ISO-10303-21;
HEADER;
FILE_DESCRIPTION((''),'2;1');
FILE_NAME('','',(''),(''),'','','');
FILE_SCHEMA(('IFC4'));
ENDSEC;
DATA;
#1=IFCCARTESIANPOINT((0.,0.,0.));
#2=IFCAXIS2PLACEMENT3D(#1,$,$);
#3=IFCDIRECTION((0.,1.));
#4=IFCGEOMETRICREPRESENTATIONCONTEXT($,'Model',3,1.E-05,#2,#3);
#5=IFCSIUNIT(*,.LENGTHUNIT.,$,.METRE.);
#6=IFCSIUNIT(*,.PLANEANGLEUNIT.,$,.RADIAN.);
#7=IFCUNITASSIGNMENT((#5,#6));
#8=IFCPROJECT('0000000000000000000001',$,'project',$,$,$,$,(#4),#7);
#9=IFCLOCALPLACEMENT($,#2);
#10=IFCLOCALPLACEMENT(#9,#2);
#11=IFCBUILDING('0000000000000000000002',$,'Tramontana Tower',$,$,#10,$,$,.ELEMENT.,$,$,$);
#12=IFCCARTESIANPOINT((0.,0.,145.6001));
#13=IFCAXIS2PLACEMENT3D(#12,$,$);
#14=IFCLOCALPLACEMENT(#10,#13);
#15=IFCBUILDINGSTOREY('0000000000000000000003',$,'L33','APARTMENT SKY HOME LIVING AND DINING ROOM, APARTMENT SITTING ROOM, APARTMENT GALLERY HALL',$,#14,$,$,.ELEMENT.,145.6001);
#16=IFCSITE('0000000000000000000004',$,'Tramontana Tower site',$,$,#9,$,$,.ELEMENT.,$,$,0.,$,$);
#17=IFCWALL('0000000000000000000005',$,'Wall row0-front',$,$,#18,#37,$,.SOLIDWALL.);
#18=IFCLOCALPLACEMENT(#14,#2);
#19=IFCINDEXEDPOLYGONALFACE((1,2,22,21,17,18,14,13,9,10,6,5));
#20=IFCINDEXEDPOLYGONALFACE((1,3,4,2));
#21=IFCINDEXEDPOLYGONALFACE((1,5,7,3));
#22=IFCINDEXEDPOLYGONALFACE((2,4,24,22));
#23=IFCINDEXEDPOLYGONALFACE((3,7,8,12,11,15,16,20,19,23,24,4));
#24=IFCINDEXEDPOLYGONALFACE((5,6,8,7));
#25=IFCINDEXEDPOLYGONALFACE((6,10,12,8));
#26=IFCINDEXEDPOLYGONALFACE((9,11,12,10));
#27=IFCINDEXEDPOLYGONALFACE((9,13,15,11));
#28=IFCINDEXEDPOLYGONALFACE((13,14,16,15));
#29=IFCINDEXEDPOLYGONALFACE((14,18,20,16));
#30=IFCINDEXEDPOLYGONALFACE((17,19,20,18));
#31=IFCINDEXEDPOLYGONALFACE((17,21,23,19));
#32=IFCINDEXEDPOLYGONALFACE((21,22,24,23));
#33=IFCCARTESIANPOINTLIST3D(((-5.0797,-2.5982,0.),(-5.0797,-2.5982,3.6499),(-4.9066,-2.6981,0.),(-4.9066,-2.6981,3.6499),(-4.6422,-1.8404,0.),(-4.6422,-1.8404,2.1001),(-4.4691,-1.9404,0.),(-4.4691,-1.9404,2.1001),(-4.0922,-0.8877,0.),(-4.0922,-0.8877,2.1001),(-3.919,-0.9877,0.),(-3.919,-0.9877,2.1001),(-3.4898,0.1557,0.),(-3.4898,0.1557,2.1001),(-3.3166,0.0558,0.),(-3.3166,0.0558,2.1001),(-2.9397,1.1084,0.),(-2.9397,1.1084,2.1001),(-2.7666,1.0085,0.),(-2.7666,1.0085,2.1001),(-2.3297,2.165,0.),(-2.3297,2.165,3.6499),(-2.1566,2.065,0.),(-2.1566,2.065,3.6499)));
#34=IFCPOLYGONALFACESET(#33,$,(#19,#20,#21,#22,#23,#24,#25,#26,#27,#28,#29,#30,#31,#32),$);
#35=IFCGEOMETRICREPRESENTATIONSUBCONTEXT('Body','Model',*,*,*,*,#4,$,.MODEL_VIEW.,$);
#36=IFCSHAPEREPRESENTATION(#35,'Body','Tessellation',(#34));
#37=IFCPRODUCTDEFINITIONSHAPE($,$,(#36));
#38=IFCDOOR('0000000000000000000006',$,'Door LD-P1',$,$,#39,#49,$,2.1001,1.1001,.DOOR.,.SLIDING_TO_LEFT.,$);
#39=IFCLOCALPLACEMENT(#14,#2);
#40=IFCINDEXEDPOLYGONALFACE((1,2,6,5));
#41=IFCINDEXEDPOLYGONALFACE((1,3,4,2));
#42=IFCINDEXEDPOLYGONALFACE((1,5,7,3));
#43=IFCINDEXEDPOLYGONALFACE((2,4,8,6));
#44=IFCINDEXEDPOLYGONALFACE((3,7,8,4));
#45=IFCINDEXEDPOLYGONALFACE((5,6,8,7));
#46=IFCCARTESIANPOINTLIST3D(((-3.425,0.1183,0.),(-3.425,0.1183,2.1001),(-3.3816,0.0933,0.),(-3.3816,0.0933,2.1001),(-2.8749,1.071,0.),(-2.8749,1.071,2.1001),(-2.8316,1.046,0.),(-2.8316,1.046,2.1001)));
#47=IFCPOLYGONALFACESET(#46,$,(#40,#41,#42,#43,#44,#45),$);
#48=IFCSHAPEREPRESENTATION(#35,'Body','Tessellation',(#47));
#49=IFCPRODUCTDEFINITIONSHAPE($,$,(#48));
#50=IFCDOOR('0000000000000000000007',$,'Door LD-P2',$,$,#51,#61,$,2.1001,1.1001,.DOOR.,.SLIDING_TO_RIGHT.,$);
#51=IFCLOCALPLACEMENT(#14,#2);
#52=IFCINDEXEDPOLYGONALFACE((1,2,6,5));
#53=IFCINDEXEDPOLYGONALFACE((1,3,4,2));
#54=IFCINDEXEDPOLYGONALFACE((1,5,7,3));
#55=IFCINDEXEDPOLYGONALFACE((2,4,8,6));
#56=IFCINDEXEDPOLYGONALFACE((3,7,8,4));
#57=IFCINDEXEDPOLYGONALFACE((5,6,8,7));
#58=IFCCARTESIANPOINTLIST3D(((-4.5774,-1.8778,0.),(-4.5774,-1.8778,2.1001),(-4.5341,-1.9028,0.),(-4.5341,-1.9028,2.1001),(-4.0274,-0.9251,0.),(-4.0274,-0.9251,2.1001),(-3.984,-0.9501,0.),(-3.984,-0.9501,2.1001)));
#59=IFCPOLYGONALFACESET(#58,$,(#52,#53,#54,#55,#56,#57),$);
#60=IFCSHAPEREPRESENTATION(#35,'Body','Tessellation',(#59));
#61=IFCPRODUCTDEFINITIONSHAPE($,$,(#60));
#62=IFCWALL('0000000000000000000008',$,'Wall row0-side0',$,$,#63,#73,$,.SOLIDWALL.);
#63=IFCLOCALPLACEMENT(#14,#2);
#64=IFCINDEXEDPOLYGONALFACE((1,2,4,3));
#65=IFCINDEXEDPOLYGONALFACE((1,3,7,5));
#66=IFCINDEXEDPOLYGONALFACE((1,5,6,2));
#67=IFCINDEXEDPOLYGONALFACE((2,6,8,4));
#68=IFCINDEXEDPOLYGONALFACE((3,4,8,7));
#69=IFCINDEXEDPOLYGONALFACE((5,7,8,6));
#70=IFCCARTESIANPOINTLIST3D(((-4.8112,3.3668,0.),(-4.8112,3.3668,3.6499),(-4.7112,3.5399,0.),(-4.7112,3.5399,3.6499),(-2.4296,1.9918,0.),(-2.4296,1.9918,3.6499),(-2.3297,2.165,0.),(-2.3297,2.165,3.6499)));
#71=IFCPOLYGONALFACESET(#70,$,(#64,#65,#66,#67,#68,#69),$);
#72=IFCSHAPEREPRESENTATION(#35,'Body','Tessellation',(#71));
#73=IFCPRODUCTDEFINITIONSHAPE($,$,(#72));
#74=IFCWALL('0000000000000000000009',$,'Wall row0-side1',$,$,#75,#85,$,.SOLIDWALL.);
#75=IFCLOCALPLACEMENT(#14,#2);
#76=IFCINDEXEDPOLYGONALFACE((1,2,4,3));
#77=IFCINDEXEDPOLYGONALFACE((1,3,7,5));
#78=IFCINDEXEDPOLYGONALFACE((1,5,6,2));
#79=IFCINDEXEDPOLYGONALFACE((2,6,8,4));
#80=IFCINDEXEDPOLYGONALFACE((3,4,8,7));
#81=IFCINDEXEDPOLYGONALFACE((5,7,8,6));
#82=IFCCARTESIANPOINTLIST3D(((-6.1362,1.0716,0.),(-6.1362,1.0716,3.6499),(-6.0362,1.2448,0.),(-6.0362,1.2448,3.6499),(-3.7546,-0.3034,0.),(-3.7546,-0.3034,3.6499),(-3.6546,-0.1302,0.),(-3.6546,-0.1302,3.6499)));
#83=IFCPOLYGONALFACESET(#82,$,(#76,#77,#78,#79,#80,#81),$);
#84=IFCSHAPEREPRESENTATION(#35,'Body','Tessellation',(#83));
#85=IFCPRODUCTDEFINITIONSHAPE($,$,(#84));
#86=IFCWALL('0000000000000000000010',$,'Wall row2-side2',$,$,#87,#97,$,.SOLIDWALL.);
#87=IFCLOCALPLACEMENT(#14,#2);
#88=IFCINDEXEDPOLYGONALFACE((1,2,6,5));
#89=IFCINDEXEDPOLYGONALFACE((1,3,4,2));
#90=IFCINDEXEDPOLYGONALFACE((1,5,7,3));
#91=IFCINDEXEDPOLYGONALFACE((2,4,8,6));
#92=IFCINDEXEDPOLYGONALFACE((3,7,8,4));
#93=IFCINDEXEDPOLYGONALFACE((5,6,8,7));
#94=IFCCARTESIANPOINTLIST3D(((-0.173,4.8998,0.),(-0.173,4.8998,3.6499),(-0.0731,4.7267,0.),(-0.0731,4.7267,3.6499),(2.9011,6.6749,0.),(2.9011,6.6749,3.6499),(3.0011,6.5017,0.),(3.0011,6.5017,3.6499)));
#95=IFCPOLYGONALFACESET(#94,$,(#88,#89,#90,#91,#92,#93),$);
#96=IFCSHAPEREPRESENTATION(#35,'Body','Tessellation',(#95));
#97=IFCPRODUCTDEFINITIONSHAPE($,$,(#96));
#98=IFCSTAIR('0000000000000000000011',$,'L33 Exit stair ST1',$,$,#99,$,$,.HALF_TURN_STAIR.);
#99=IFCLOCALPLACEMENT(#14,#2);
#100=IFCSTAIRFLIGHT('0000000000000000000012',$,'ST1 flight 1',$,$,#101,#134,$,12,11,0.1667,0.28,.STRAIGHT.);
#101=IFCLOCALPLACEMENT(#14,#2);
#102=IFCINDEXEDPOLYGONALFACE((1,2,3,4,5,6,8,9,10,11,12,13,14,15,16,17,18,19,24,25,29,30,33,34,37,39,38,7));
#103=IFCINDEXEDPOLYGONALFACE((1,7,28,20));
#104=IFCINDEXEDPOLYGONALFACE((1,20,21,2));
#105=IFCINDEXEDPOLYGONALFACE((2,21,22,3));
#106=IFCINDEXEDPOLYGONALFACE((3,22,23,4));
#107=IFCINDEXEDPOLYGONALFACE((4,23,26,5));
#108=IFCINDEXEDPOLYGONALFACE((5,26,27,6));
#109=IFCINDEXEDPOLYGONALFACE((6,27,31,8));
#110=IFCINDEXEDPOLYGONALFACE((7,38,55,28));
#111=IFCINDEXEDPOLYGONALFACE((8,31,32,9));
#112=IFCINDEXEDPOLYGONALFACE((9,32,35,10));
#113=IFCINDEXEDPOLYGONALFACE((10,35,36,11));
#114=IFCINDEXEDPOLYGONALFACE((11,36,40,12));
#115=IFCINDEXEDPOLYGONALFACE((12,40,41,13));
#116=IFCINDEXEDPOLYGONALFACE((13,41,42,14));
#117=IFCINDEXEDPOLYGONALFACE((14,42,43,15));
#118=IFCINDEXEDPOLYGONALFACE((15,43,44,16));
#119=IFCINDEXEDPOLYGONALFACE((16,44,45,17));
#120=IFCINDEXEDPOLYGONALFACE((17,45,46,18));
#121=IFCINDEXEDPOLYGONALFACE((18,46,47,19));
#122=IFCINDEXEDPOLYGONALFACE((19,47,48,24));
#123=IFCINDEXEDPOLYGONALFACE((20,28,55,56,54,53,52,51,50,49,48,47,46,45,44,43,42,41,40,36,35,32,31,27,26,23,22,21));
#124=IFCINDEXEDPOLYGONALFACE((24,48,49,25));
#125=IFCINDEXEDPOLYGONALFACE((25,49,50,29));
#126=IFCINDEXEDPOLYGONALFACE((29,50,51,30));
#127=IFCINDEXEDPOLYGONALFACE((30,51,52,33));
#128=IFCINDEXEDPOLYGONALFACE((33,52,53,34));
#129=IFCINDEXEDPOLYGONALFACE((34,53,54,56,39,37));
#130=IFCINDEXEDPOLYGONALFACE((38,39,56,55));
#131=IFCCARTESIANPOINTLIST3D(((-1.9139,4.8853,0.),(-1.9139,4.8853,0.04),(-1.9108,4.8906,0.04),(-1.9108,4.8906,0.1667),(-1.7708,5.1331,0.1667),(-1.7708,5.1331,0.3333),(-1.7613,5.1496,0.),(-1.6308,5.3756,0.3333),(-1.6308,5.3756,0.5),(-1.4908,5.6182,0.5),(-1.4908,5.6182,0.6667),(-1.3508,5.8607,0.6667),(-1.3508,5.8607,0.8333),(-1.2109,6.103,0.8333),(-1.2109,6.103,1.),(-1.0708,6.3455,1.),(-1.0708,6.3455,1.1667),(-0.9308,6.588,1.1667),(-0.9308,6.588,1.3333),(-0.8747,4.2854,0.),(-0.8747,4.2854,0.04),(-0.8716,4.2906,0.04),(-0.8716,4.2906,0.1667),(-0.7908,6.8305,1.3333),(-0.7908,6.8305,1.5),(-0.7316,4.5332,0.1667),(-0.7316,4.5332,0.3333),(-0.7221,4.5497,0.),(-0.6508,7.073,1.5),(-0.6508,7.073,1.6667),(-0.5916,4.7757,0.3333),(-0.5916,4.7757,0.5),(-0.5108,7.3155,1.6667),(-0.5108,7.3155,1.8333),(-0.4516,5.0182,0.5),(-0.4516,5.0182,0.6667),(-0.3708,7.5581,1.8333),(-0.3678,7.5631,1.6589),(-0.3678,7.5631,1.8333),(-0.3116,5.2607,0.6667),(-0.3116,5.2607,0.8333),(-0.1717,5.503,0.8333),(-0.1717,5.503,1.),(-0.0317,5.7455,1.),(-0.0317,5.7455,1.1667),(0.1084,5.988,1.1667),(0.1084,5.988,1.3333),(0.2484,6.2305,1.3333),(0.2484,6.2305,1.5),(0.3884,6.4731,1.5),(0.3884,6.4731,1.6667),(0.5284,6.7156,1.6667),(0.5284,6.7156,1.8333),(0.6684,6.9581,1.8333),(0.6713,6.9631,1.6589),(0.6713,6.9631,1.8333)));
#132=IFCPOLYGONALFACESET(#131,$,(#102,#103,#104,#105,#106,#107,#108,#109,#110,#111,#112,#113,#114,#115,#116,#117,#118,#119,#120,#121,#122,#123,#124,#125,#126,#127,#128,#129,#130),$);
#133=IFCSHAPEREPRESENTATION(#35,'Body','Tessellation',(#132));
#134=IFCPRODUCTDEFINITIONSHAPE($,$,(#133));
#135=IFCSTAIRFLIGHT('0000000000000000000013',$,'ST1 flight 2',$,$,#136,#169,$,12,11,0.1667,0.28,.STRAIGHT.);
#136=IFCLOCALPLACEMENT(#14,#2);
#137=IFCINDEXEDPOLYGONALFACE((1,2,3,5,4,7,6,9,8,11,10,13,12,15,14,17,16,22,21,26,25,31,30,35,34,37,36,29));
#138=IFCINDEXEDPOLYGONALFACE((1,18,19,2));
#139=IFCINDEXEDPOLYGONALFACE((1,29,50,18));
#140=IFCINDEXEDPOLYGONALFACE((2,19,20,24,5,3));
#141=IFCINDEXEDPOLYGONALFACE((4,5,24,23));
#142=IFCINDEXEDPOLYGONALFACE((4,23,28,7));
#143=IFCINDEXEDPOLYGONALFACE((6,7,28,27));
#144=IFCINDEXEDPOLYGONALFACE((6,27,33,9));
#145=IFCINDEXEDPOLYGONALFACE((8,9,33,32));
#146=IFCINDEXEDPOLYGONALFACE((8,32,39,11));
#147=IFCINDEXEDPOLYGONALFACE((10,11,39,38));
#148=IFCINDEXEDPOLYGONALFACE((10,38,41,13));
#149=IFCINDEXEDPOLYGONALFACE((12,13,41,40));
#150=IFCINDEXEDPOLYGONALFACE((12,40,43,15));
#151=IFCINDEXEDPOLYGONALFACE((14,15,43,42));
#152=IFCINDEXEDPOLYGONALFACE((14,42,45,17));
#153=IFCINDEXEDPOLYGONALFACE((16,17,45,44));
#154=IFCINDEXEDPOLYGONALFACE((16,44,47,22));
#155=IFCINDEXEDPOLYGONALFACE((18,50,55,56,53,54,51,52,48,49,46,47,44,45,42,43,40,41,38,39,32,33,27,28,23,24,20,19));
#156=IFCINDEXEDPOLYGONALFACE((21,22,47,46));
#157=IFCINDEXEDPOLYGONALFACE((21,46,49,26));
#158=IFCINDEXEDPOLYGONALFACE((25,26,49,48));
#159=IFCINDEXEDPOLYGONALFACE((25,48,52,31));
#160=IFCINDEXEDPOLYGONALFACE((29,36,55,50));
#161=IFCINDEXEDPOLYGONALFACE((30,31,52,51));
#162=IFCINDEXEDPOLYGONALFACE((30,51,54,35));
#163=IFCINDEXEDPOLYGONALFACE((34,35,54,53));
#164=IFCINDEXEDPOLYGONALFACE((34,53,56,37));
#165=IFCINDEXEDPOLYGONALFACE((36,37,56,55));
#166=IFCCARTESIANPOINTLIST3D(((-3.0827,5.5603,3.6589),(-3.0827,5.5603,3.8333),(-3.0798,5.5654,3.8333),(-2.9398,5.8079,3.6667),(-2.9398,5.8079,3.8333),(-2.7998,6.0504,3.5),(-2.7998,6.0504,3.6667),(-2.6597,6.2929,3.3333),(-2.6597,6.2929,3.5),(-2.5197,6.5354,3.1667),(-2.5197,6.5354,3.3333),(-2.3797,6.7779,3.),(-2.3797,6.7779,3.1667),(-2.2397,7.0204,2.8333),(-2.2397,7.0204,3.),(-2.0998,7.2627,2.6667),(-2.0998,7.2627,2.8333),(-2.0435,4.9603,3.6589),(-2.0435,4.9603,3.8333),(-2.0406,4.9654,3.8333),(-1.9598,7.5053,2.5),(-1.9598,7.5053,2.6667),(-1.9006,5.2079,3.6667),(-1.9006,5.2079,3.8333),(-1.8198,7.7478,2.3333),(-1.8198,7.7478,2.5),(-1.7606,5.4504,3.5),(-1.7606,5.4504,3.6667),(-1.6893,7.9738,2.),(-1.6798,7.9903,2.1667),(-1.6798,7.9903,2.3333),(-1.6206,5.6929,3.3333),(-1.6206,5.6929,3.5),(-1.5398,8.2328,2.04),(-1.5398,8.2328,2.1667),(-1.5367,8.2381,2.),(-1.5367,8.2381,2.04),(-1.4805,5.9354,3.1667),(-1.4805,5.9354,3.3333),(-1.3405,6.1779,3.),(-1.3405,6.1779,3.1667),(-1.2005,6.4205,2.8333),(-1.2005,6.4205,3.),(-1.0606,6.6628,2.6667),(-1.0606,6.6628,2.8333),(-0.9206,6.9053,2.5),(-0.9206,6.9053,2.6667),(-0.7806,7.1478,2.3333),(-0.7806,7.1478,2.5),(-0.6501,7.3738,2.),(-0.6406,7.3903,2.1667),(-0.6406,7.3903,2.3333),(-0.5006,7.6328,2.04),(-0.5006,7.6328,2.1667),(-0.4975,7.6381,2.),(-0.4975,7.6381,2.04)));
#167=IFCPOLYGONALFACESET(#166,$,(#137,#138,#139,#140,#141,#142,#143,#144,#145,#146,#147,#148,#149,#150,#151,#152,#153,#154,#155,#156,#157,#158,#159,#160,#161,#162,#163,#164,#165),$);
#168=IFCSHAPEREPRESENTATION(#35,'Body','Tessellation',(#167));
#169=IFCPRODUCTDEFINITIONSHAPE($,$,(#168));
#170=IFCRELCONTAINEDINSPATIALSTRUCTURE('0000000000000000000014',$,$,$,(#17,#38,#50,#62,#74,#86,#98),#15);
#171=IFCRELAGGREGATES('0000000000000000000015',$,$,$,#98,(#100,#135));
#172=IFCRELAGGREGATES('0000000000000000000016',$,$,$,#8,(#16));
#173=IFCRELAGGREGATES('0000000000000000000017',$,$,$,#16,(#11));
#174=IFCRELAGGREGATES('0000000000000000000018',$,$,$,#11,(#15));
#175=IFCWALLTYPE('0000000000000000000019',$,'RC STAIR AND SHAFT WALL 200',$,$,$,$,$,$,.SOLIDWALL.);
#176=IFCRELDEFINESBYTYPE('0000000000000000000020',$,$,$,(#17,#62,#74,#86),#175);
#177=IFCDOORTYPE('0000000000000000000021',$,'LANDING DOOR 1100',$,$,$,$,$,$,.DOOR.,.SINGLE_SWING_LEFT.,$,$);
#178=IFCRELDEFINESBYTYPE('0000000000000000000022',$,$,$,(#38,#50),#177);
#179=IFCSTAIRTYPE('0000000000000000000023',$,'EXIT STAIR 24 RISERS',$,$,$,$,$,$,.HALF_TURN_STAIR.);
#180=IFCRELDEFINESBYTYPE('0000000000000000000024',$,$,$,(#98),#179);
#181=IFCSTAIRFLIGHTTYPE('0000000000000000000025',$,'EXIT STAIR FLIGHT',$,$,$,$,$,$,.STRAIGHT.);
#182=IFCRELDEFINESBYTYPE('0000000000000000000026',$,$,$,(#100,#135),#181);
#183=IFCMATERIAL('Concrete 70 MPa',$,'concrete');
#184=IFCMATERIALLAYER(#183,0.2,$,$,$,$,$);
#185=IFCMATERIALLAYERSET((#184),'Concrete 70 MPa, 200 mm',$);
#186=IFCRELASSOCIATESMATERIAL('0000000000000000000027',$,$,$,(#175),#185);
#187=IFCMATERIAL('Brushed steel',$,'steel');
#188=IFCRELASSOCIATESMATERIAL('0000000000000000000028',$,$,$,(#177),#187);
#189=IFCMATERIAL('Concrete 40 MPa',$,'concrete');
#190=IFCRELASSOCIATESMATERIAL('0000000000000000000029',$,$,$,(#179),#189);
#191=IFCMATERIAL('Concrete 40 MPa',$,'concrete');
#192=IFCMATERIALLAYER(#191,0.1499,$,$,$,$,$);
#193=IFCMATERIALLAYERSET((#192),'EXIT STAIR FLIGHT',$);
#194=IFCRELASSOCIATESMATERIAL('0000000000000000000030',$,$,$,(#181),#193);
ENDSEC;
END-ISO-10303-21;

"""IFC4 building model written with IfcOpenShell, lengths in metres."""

from ifc_helpers import new_model, si_unit, direction, frame, frame_2d, origin, place, context, subcontext, project, spatial, polyline, rectangle, outline, extrude, material, layer, layer_set, type_object, element, fill, aggregate, save


model = new_model("IFC4")

# Units and contexts
model_context = context("Model", 3, precision=1e-05, world=origin(), true_north=direction((0.0, 1.0)))
body_context = subcontext(model_context, "Body", "Model", "MODEL_VIEW")
ifc_project = project(units=[si_unit("LENGTHUNIT", "METRE"), si_unit("PLANEANGLEUNIT", "RADIAN")], contexts=[model_context])

# Site, building, storey
site_placement = place(None, origin())
site = spatial("IfcSite", under=ifc_project, at=site_placement, Name="Tramontana Tower site", CompositionType="ELEMENT", RefElevation=0.0)
building_placement = place(site_placement, origin())
building = spatial("IfcBuilding", under=site, at=building_placement, Name="Tramontana Tower", CompositionType="ELEMENT")
storey_placement = place(building_placement, frame((0.0, 0.0, 145.6001)))
storey = spatial("IfcBuildingStorey", under=building, at=storey_placement, Name="L33", Description="APARTMENT SKY HOME LIVING AND DINING ROOM, APARTMENT SITTING ROOM, APARTMENT GALLERY HALL", CompositionType="ELEMENT", Elevation=145.6001)

# Shared definitions
ifc_material_1 = material(Name="Concrete 70 MPa", Category="concrete")
ifc_layer_1 = layer(ifc_material_1, 0.2)
ifc_layer_set_1 = layer_set([ifc_layer_1], Name="Concrete 70 MPa, 200 mm")
wall_type_1 = type_object("IfcWallType", Name="RC STAIR AND SHAFT WALL 200", PredefinedType="SOLIDWALL", material=ifc_layer_set_1)

# Wall, openings, doors
wall_1_placement = place(storey_placement, frame((-2.2432, 2.115, 0.0), z_axis=(0.0, 0.0, 1.0), x_axis=(-0.499997, -0.866027, 0.0)))
wall_1 = element("IfcWall", 1, at=wall_1_placement, inside=storey, type_object=wall_type_1, Name="Wall row0-front", PredefinedType="SOLIDWALL", context=body_context, shape_type="SweptSolid", body=[
    extrude(rectangle(XDim=5.5, YDim=0.2, at=frame_2d((2.75, 0.0))), origin(), (0.0, 0.0, 1.0), 3.6499),
])
opening_1_placement = place(wall_1_placement, frame((1.22, 0.0, 0.0)))
opening_1 = element("IfcOpeningElement", 2, at=opening_1_placement, cuts=wall_1, PredefinedType="OPENING", context=body_context, shape_type="SweptSolid", body=[
    extrude(rectangle(XDim=1.1001, YDim=2.1001, at=frame_2d((0.55, 1.05))), frame((0.0, 0.1099, 0.0), z_axis=(0.0, -1.0, 0.0), x_axis=(1.0, 0.0, 0.0)), (0.0, 0.0, 1.0), 0.22),
])
opening_2_placement = place(wall_1_placement, frame((3.5249, 0.0, 0.0)))
opening_2 = element("IfcOpeningElement", 3, at=opening_2_placement, cuts=wall_1, PredefinedType="OPENING", context=body_context, shape_type="SweptSolid", body=[
    extrude(rectangle(XDim=1.1001, YDim=2.1001, at=frame_2d((0.55, 1.05))), frame((0.0, 0.1099, 0.0), z_axis=(0.0, -1.0, 0.0), x_axis=(1.0, 0.0, 0.0)), (0.0, 0.0, 1.0), 0.22),
])
ifc_material_2 = material(Name="Brushed steel", Category="steel")
door_type_1 = type_object("IfcDoorType", Name="LANDING DOOR 1100", OperationType="SINGLE_SWING_LEFT", PredefinedType="DOOR", material=ifc_material_2)
door_1_placement = place(opening_1_placement, origin())
door_1 = element("IfcDoor", 4, at=door_1_placement, inside=storey, type_object=door_type_1, Name="Door LD-P1", OperationType="SLIDING_TO_LEFT", OverallHeight=2.1001, OverallWidth=1.1001, PredefinedType="DOOR", context=body_context, shape_type="SweptSolid", body=[
    extrude(rectangle(XDim=1.1001, YDim=2.1001, at=frame_2d((0.55, 1.05))), frame((0.0, 0.0249, 0.0), z_axis=(0.0, -1.0, 0.0), x_axis=(1.0, 0.0, 0.0)), (0.0, 0.0, 1.0), 0.05),
])
fill(opening_1, door_1)
door_2_placement = place(opening_2_placement, origin())
door_2 = element("IfcDoor", 5, at=door_2_placement, inside=storey, type_object=door_type_1, Name="Door LD-P2", OperationType="SLIDING_TO_RIGHT", OverallHeight=2.1001, OverallWidth=1.1001, PredefinedType="DOOR", context=body_context, shape_type="SweptSolid", body=[
    extrude(rectangle(XDim=1.1001, YDim=2.1001, at=frame_2d((0.55, 1.05))), frame((0.0, 0.0249, 0.0), z_axis=(0.0, -1.0, 0.0), x_axis=(1.0, 0.0, 0.0)), (0.0, 0.0, 1.0), 0.05),
])
fill(opening_2, door_2)

# Walls
for number, where, z_axis, x_axis, name in (
    (6, (-2.3796, 2.0784, 0.0), (0.0, 0.0, 1.0), (-0.866027, 0.499997, 0.0), "Wall row0-side0"),
    (7, (-3.7046, -0.2168, 0.0), (0.0, 0.0, 1.0), (-0.866027, 0.499997, 0.0), "Wall row0-side1"),
):
    element("IfcWall", number, at=place(storey_placement, frame(where, z_axis=z_axis, x_axis=x_axis)), inside=storey, type_object=wall_type_1, Name=name, PredefinedType="SOLIDWALL", context=body_context, shape_type="SweptSolid", body=[
        extrude(rectangle(XDim=2.75, YDim=0.2, at=frame_2d((1.375, 0.0))), origin(), (0.0, 0.0, 1.0), 3.6499),
    ])
wall_2_placement = place(storey_placement, frame((-0.123, 4.8132, 0.0), z_axis=(0.0, 0.0, 1.0), x_axis=(0.865995, 0.500052, 0.0)))
element("IfcWall", 8, at=wall_2_placement, inside=storey, type_object=wall_type_1, Name="Wall row2-side2", PredefinedType="SOLIDWALL", context=body_context, shape_type="SweptSolid", body=[
    extrude(rectangle(XDim=3.5498, YDim=0.2, at=frame_2d((1.7749, 0.0))), origin(), (0.0, 0.0, 1.0), 3.6499),
])

# Stair, stair flights
ifc_material_3 = material(Name="Concrete 40 MPa", Category="concrete")
stair_type = type_object("IfcStairType", Name="EXIT STAIR 24 RISERS", PredefinedType="HALF_TURN_STAIR", material=ifc_material_3)
stair_placement = place(storey_placement, origin())
stair = element("IfcStair", 9, at=stair_placement, inside=storey, type_object=stair_type, Name="L33 Exit stair ST1", PredefinedType="HALF_TURN_STAIR")
ifc_material_4 = material(Name="Concrete 40 MPa", Category="concrete")
ifc_layer_2 = layer(ifc_material_4, 0.1499)
ifc_layer_set_2 = layer_set([ifc_layer_2], Name="EXIT STAIR FLIGHT")
stair_flight_type = type_object("IfcStairFlightType", Name="EXIT STAIR FLIGHT", PredefinedType="STRAIGHT", material=ifc_layer_set_2)
stair_flight_1_placement = place(storey_placement, frame((-1.3911, 4.5906, 0.0), z_axis=(0.0, 0.0, 1.0), x_axis=(0.5, 0.866025, 0.0)))
stair_flight_1 = element("IfcStairFlight", 10, at=stair_flight_1_placement, type_object=stair_flight_type, Name="ST1 flight 1", NumberOfRisers=12, NumberOfTreads=11, PredefinedType="STRAIGHT", RiserHeight=0.1667, TreadLength=0.28, context=body_context, shape_type="SweptSolid", body=[
    extrude(outline(polyline([(-0.0061, 0.0), (-0.0061, 0.04), (0.0, 0.04), (0.0, 0.1667), (0.28, 0.1667), (0.28, 0.3333), (0.5601, 0.3333), (0.5601, 0.5), (0.8401, 0.5), (0.8401, 0.6667), (1.1201, 0.6667), (1.1201, 0.8333), (1.3999, 0.8333), (1.3999, 1.0), (1.6799, 1.0), (1.6799, 1.1667), (1.96, 1.1667), (1.96, 1.3333), (2.24, 1.3333), (2.24, 1.5), (2.52, 1.5), (2.52, 1.6667), (2.8, 1.6667), (2.8, 1.8333), (3.0801, 1.8333), (3.0859, 1.8333), (3.0859, 1.6589), (0.2991, 0.0), (-0.0061, 0.0)])), frame((0.0, 0.6001, 0.0), z_axis=(0.0, -1.0, 0.0), x_axis=(1.0, 0.0, 0.0)), (0.0, 0.0, 1.0), 1.2),
])
stair_flight_2_placement = place(storey_placement, frame((-1.0203, 7.9329, 2.0), z_axis=(0.0, 0.0, 1.0), x_axis=(-0.5, -0.866025, 0.0)))
stair_flight_2 = element("IfcStairFlight", 11, at=stair_flight_2_placement, type_object=stair_flight_type, Name="ST1 flight 2", NumberOfRisers=12, NumberOfTreads=11, PredefinedType="STRAIGHT", RiserHeight=0.1667, TreadLength=0.28, context=body_context, shape_type="SweptSolid", body=[
    extrude(outline(polyline([(-0.0061, 0.0), (-0.0061, 0.04), (0.0, 0.04), (0.0, 0.1667), (0.28, 0.1667), (0.28, 0.3333), (0.5601, 0.3333), (0.5601, 0.5), (0.8401, 0.5), (0.8401, 0.6667), (1.1201, 0.6667), (1.1201, 0.8333), (1.3999, 0.8333), (1.3999, 1.0), (1.6799, 1.0), (1.6799, 1.1667), (1.96, 1.1667), (1.96, 1.3333), (2.24, 1.3333), (2.24, 1.5), (2.52, 1.5), (2.52, 1.6667), (2.8, 1.6667), (2.8, 1.8333), (3.0801, 1.8333), (3.0859, 1.8333), (3.0859, 1.6589), (0.2991, 0.0), (-0.0061, 0.0)])), frame((0.0, 0.6001, 0.0), z_axis=(0.0, -1.0, 0.0), x_axis=(1.0, 0.0, 0.0)), (0.0, 0.0, 1.0), 1.2),
])
aggregate(stair, [stair_flight_1, stair_flight_2])

save(model, "model.ifc")
